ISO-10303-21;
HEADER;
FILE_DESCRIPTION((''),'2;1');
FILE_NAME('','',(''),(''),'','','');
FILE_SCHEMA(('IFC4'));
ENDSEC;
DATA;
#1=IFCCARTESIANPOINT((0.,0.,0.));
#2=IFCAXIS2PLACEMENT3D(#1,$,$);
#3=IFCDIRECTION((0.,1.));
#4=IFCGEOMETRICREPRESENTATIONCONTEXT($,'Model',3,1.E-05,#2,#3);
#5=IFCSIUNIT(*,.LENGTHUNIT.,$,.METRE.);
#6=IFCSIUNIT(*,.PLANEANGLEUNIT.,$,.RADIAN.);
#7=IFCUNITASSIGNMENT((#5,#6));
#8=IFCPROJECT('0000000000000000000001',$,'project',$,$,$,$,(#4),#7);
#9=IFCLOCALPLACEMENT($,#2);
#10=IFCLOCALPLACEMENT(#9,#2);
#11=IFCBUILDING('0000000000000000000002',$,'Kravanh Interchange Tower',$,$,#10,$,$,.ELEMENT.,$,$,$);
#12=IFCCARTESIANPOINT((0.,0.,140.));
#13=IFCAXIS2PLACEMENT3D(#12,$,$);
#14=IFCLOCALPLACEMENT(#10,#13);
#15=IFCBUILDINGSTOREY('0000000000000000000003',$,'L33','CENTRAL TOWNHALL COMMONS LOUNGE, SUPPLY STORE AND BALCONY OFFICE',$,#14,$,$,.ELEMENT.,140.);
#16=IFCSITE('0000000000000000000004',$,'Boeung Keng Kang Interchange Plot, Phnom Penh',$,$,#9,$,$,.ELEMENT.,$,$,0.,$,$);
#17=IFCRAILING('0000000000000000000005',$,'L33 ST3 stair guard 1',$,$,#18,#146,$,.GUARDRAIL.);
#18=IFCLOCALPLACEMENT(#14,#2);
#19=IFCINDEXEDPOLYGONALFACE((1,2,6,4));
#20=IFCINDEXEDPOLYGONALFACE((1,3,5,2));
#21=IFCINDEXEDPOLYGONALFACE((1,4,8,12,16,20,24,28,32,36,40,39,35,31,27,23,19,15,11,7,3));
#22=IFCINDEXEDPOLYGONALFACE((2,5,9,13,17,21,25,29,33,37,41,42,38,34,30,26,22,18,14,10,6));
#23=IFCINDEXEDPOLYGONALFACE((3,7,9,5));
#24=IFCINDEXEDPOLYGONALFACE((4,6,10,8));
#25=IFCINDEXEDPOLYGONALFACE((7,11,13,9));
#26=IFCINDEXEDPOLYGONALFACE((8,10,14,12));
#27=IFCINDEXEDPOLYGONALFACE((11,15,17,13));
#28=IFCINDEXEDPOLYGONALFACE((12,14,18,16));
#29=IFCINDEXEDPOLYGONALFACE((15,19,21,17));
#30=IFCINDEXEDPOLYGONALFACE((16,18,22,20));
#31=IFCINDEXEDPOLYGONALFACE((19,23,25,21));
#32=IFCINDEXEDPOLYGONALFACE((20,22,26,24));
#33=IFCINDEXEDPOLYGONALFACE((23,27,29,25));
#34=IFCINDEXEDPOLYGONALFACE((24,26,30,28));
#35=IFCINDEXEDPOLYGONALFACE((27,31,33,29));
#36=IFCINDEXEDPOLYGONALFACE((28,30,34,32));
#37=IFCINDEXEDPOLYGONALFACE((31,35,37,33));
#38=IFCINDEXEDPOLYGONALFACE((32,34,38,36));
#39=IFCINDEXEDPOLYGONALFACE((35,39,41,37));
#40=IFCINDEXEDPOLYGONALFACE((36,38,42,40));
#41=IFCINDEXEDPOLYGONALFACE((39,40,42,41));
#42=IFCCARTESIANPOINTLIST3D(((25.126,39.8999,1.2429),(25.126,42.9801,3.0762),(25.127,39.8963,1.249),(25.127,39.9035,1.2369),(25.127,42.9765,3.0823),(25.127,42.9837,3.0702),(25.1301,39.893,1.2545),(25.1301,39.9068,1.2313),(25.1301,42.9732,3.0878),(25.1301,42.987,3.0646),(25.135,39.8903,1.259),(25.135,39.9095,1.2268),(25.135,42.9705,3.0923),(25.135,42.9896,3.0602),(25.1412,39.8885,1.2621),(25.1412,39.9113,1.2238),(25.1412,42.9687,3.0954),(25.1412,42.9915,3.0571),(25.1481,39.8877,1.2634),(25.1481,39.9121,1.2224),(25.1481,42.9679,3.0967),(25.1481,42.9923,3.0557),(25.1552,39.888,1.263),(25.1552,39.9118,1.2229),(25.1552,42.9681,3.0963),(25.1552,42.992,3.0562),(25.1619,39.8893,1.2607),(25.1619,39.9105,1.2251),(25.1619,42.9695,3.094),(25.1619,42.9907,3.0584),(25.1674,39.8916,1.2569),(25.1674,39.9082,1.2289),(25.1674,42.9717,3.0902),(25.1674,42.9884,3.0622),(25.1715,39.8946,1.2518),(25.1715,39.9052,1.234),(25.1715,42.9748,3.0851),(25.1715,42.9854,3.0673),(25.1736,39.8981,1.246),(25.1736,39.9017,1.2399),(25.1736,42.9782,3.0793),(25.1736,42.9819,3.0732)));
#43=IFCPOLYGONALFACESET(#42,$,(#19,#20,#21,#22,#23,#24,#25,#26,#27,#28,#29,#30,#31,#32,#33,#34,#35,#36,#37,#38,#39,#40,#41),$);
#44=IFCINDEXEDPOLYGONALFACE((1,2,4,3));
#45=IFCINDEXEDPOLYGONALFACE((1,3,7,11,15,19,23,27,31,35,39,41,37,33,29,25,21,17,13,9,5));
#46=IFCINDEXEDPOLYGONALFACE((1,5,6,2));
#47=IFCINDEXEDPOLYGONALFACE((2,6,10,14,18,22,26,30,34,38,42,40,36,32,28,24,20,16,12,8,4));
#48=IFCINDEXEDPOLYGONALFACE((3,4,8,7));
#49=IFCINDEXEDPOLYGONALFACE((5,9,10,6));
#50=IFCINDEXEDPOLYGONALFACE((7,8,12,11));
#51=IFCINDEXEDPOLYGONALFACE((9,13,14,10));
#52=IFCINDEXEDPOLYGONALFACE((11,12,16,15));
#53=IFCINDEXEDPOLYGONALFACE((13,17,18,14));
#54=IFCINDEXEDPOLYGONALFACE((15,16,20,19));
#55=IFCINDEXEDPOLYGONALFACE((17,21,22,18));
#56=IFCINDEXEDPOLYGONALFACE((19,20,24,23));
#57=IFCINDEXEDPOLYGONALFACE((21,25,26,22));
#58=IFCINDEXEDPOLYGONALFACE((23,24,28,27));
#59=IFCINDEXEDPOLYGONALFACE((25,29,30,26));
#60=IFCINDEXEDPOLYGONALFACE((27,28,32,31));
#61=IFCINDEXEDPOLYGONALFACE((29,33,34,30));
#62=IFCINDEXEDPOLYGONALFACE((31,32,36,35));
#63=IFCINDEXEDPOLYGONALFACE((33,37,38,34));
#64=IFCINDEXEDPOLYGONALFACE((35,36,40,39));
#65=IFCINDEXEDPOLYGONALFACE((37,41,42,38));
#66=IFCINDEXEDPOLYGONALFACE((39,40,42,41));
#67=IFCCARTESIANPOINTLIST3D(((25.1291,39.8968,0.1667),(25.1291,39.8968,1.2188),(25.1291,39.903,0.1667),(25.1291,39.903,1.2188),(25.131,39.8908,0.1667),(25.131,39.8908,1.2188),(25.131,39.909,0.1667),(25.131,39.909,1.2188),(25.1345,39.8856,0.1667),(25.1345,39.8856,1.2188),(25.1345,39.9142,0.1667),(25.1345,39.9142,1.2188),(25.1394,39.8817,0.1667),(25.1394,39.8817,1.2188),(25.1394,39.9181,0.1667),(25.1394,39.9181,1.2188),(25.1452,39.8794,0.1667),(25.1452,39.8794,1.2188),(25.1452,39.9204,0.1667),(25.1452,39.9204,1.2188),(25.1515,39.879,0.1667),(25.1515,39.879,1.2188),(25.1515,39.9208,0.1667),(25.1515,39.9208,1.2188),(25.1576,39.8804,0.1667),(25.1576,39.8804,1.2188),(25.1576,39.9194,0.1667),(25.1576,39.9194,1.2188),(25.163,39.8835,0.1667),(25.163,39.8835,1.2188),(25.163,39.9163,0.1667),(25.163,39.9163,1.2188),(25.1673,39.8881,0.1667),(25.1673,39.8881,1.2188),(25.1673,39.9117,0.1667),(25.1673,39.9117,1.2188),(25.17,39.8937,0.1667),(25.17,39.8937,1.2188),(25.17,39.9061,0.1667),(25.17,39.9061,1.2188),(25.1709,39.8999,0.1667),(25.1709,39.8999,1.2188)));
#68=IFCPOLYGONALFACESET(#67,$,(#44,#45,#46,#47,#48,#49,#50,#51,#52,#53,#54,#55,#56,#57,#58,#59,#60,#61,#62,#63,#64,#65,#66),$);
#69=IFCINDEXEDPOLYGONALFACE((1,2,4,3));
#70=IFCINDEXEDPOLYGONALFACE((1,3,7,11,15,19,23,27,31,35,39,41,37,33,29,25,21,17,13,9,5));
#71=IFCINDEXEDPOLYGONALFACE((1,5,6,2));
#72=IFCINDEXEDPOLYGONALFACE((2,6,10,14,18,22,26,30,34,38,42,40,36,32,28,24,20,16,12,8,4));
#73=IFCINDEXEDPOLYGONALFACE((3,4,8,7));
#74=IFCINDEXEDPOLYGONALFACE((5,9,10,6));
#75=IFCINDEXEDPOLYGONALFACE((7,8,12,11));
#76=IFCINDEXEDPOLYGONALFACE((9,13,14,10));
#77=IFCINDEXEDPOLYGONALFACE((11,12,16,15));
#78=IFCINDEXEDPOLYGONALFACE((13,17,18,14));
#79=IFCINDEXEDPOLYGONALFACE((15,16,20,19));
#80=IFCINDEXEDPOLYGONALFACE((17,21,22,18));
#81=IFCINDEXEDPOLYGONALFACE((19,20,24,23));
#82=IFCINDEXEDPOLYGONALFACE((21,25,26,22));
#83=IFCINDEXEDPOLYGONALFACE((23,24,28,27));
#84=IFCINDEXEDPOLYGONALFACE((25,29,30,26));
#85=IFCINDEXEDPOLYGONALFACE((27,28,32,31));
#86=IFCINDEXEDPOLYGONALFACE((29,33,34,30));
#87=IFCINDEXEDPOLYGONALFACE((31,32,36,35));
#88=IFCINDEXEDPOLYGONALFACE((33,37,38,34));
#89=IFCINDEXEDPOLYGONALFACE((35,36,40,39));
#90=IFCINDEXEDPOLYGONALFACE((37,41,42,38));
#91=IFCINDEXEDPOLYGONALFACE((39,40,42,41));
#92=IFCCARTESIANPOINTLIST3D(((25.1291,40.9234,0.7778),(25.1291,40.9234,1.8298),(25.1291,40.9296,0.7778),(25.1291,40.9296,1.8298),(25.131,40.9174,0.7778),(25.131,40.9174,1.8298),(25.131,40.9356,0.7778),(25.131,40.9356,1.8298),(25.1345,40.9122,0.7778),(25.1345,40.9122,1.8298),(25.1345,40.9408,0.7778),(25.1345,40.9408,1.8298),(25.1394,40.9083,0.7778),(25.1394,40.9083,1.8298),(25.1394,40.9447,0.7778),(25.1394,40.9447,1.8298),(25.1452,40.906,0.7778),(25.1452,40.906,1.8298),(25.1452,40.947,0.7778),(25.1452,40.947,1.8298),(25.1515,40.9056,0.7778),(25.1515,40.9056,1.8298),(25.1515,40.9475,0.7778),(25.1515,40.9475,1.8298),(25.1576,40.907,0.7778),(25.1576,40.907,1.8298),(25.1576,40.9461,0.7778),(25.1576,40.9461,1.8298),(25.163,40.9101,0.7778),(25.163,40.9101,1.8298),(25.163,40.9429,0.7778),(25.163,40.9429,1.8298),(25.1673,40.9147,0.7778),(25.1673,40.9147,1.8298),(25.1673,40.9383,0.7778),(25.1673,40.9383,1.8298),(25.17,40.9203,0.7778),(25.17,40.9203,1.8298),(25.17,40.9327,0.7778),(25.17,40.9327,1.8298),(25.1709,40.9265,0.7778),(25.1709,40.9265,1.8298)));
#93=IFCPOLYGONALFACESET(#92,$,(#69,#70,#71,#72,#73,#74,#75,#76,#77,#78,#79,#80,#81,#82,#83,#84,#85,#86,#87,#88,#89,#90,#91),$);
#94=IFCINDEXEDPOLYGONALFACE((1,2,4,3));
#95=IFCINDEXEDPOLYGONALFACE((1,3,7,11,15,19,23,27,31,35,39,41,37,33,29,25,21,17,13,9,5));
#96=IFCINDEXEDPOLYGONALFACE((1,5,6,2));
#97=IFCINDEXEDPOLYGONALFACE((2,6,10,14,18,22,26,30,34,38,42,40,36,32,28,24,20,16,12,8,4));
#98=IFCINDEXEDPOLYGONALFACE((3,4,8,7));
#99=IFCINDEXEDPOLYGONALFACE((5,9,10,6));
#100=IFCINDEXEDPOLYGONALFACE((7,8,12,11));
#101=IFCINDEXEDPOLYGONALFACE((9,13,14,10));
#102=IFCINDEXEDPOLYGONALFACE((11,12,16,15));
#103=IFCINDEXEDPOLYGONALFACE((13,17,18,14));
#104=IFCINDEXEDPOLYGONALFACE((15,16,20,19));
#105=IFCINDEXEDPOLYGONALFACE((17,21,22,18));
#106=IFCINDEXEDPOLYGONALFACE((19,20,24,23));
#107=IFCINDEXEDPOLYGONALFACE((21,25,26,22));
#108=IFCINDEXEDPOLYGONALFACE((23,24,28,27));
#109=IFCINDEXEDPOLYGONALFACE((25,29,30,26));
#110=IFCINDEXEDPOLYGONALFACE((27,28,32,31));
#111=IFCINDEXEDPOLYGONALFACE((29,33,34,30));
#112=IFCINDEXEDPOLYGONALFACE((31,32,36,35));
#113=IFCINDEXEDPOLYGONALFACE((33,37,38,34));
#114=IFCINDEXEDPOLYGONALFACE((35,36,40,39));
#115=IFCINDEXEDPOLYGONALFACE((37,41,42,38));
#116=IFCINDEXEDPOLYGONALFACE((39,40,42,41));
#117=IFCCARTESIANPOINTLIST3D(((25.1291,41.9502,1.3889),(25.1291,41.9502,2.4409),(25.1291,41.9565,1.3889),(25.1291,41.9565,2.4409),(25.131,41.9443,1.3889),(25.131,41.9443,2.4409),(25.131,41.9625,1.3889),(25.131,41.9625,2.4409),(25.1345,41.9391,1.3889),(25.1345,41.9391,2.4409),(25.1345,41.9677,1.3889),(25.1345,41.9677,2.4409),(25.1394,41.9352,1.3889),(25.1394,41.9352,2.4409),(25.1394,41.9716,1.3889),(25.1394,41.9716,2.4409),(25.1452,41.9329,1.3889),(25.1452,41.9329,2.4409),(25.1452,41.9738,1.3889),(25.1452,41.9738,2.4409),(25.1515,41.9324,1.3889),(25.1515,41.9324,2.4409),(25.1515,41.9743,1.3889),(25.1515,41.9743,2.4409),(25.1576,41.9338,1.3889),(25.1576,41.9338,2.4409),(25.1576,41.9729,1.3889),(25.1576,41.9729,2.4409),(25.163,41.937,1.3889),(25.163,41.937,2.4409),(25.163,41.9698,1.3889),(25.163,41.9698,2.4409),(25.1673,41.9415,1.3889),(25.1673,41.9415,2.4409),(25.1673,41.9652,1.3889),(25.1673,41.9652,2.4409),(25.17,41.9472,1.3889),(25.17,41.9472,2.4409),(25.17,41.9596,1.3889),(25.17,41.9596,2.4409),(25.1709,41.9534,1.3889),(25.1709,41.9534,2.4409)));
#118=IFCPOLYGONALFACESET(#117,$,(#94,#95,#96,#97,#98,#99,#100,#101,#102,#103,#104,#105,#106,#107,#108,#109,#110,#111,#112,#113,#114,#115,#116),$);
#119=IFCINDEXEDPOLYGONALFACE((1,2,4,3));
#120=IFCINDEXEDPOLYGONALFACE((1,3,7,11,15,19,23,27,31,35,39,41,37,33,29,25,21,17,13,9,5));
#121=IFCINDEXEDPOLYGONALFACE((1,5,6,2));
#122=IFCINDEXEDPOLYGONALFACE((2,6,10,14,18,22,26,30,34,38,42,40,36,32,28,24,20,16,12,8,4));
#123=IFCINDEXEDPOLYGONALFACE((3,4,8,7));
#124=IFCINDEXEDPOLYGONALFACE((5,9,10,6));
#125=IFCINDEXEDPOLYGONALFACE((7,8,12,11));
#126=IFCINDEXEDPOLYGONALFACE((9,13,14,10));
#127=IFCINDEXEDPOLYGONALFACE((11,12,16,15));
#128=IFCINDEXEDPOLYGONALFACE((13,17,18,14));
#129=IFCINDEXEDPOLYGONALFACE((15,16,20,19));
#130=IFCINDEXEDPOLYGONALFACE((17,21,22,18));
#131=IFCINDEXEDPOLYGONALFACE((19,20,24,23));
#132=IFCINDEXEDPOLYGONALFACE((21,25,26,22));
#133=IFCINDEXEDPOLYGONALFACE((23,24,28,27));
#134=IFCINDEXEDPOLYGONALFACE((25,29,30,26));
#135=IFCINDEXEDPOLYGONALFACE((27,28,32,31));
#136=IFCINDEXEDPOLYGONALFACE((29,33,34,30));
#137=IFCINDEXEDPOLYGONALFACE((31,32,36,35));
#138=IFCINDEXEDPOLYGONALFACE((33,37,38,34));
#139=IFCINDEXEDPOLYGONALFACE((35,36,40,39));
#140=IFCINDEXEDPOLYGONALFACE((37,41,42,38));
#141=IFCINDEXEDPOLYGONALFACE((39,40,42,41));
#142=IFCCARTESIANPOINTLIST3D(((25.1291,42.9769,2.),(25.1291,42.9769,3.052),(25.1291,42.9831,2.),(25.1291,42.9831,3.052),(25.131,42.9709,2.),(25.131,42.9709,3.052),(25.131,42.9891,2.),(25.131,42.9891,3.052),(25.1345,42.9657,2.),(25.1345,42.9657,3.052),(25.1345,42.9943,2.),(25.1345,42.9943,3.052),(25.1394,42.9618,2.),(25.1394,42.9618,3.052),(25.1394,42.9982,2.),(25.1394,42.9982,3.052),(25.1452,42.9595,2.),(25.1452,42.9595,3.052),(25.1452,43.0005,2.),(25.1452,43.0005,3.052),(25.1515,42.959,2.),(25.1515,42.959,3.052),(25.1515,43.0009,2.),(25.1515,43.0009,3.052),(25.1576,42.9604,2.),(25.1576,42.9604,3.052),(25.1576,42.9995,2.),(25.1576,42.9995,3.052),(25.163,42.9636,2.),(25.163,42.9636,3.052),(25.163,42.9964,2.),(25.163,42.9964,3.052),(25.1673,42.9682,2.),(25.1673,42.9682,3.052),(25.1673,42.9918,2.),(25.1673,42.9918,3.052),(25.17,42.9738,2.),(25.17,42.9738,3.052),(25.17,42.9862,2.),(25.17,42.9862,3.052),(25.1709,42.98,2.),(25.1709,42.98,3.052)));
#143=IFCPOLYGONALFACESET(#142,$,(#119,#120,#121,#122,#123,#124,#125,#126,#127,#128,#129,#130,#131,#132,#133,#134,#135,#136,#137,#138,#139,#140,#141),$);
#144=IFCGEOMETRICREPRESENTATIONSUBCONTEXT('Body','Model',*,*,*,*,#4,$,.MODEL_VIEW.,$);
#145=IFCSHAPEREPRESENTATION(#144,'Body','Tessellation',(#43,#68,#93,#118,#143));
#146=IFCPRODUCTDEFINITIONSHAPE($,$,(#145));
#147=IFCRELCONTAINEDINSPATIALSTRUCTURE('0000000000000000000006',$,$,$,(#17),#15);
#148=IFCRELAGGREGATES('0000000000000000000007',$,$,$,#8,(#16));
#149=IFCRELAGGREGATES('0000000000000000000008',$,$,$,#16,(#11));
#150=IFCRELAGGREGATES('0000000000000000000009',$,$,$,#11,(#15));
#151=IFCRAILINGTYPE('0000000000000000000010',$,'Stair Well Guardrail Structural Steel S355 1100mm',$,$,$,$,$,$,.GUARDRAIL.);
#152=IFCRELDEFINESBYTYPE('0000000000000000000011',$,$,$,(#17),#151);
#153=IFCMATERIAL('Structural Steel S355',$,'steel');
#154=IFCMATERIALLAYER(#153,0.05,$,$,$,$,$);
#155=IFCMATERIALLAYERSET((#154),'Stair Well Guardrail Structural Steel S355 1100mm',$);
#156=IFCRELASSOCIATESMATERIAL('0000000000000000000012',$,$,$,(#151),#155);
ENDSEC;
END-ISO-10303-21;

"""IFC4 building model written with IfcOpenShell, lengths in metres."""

from ifc_helpers import new_model, si_unit, direction, frame, origin, origin_2d, place, context, subcontext, project, spatial, circle, extrude, material, layer, layer_set, type_object, element, save


model = new_model("IFC4")

# Units and contexts
model_context = context("Model", 3, precision=1e-05, world=origin(), true_north=direction((0.0, 1.0)))
body_context = subcontext(model_context, "Body", "Model", "MODEL_VIEW")
ifc_project = project(units=[si_unit("LENGTHUNIT", "METRE"), si_unit("PLANEANGLEUNIT", "RADIAN")], contexts=[model_context])

# Site, building, storey
site_placement = place(None, origin())
site = spatial("IfcSite", under=ifc_project, at=site_placement, Name="Boeung Keng Kang Interchange Plot, Phnom Penh", CompositionType="ELEMENT", RefElevation=0.0)
building_placement = place(site_placement, origin())
building = spatial("IfcBuilding", under=site, at=building_placement, Name="Kravanh Interchange Tower", CompositionType="ELEMENT")
storey_placement = place(building_placement, frame((0.0, 0.0, 140.0)))
storey = spatial("IfcBuildingStorey", under=building, at=storey_placement, Name="L33", Description="CENTRAL TOWNHALL COMMONS LOUNGE, SUPPLY STORE AND BALCONY OFFICE", CompositionType="ELEMENT", Elevation=140.0)

# Railing
ifc_material_1 = material(Name="Structural Steel S355", Category="steel")
ifc_layer_1 = layer(ifc_material_1, 0.05)
ifc_layer_set_1 = layer_set([ifc_layer_1], Name="Stair Well Guardrail Structural Steel S355 1100mm")
railing_type_1 = type_object("IfcRailingType", Name="Stair Well Guardrail Structural Steel S355 1100mm", PredefinedType="GUARDRAIL", material=ifc_layer_set_1)
railing_1_placement = place(storey_placement, frame((25.1499, 39.8999, 0.1667)))
element("IfcRailing", 1, at=railing_1_placement, inside=storey, type_object=railing_type_1, Name="L33 ST3 stair guard 1", PredefinedType="GUARDRAIL", context=body_context, shape_type="SweptSolid", body=[
    extrude(circle(Radius=0.0239, at=origin_2d()), frame((0.0, 0.0, 1.0762), z_axis=(0.0, 0.859309, 0.511458), x_axis=(-1.0, 0.0, 0.0)), (0.0, 0.0, 1.0), 3.5845),
    extrude(circle(Radius=0.021, at=origin_2d()), origin(), (0.0, 0.0, 1.0), 1.052),
    extrude(circle(Radius=0.021, at=origin_2d()), frame((0.0, 1.0266, 0.6111)), (0.0, 0.0, 1.0), 1.052),
    extrude(circle(Radius=0.021, at=origin_2d()), frame((0.0, 2.0535, 1.2222)), (0.0, 0.0, 1.0), 1.052),
    extrude(circle(Radius=0.021, at=origin_2d()), frame((0.0, 3.0801, 1.8333)), (0.0, 0.0, 1.0), 1.052),
])

save(model, "model.ifc")
